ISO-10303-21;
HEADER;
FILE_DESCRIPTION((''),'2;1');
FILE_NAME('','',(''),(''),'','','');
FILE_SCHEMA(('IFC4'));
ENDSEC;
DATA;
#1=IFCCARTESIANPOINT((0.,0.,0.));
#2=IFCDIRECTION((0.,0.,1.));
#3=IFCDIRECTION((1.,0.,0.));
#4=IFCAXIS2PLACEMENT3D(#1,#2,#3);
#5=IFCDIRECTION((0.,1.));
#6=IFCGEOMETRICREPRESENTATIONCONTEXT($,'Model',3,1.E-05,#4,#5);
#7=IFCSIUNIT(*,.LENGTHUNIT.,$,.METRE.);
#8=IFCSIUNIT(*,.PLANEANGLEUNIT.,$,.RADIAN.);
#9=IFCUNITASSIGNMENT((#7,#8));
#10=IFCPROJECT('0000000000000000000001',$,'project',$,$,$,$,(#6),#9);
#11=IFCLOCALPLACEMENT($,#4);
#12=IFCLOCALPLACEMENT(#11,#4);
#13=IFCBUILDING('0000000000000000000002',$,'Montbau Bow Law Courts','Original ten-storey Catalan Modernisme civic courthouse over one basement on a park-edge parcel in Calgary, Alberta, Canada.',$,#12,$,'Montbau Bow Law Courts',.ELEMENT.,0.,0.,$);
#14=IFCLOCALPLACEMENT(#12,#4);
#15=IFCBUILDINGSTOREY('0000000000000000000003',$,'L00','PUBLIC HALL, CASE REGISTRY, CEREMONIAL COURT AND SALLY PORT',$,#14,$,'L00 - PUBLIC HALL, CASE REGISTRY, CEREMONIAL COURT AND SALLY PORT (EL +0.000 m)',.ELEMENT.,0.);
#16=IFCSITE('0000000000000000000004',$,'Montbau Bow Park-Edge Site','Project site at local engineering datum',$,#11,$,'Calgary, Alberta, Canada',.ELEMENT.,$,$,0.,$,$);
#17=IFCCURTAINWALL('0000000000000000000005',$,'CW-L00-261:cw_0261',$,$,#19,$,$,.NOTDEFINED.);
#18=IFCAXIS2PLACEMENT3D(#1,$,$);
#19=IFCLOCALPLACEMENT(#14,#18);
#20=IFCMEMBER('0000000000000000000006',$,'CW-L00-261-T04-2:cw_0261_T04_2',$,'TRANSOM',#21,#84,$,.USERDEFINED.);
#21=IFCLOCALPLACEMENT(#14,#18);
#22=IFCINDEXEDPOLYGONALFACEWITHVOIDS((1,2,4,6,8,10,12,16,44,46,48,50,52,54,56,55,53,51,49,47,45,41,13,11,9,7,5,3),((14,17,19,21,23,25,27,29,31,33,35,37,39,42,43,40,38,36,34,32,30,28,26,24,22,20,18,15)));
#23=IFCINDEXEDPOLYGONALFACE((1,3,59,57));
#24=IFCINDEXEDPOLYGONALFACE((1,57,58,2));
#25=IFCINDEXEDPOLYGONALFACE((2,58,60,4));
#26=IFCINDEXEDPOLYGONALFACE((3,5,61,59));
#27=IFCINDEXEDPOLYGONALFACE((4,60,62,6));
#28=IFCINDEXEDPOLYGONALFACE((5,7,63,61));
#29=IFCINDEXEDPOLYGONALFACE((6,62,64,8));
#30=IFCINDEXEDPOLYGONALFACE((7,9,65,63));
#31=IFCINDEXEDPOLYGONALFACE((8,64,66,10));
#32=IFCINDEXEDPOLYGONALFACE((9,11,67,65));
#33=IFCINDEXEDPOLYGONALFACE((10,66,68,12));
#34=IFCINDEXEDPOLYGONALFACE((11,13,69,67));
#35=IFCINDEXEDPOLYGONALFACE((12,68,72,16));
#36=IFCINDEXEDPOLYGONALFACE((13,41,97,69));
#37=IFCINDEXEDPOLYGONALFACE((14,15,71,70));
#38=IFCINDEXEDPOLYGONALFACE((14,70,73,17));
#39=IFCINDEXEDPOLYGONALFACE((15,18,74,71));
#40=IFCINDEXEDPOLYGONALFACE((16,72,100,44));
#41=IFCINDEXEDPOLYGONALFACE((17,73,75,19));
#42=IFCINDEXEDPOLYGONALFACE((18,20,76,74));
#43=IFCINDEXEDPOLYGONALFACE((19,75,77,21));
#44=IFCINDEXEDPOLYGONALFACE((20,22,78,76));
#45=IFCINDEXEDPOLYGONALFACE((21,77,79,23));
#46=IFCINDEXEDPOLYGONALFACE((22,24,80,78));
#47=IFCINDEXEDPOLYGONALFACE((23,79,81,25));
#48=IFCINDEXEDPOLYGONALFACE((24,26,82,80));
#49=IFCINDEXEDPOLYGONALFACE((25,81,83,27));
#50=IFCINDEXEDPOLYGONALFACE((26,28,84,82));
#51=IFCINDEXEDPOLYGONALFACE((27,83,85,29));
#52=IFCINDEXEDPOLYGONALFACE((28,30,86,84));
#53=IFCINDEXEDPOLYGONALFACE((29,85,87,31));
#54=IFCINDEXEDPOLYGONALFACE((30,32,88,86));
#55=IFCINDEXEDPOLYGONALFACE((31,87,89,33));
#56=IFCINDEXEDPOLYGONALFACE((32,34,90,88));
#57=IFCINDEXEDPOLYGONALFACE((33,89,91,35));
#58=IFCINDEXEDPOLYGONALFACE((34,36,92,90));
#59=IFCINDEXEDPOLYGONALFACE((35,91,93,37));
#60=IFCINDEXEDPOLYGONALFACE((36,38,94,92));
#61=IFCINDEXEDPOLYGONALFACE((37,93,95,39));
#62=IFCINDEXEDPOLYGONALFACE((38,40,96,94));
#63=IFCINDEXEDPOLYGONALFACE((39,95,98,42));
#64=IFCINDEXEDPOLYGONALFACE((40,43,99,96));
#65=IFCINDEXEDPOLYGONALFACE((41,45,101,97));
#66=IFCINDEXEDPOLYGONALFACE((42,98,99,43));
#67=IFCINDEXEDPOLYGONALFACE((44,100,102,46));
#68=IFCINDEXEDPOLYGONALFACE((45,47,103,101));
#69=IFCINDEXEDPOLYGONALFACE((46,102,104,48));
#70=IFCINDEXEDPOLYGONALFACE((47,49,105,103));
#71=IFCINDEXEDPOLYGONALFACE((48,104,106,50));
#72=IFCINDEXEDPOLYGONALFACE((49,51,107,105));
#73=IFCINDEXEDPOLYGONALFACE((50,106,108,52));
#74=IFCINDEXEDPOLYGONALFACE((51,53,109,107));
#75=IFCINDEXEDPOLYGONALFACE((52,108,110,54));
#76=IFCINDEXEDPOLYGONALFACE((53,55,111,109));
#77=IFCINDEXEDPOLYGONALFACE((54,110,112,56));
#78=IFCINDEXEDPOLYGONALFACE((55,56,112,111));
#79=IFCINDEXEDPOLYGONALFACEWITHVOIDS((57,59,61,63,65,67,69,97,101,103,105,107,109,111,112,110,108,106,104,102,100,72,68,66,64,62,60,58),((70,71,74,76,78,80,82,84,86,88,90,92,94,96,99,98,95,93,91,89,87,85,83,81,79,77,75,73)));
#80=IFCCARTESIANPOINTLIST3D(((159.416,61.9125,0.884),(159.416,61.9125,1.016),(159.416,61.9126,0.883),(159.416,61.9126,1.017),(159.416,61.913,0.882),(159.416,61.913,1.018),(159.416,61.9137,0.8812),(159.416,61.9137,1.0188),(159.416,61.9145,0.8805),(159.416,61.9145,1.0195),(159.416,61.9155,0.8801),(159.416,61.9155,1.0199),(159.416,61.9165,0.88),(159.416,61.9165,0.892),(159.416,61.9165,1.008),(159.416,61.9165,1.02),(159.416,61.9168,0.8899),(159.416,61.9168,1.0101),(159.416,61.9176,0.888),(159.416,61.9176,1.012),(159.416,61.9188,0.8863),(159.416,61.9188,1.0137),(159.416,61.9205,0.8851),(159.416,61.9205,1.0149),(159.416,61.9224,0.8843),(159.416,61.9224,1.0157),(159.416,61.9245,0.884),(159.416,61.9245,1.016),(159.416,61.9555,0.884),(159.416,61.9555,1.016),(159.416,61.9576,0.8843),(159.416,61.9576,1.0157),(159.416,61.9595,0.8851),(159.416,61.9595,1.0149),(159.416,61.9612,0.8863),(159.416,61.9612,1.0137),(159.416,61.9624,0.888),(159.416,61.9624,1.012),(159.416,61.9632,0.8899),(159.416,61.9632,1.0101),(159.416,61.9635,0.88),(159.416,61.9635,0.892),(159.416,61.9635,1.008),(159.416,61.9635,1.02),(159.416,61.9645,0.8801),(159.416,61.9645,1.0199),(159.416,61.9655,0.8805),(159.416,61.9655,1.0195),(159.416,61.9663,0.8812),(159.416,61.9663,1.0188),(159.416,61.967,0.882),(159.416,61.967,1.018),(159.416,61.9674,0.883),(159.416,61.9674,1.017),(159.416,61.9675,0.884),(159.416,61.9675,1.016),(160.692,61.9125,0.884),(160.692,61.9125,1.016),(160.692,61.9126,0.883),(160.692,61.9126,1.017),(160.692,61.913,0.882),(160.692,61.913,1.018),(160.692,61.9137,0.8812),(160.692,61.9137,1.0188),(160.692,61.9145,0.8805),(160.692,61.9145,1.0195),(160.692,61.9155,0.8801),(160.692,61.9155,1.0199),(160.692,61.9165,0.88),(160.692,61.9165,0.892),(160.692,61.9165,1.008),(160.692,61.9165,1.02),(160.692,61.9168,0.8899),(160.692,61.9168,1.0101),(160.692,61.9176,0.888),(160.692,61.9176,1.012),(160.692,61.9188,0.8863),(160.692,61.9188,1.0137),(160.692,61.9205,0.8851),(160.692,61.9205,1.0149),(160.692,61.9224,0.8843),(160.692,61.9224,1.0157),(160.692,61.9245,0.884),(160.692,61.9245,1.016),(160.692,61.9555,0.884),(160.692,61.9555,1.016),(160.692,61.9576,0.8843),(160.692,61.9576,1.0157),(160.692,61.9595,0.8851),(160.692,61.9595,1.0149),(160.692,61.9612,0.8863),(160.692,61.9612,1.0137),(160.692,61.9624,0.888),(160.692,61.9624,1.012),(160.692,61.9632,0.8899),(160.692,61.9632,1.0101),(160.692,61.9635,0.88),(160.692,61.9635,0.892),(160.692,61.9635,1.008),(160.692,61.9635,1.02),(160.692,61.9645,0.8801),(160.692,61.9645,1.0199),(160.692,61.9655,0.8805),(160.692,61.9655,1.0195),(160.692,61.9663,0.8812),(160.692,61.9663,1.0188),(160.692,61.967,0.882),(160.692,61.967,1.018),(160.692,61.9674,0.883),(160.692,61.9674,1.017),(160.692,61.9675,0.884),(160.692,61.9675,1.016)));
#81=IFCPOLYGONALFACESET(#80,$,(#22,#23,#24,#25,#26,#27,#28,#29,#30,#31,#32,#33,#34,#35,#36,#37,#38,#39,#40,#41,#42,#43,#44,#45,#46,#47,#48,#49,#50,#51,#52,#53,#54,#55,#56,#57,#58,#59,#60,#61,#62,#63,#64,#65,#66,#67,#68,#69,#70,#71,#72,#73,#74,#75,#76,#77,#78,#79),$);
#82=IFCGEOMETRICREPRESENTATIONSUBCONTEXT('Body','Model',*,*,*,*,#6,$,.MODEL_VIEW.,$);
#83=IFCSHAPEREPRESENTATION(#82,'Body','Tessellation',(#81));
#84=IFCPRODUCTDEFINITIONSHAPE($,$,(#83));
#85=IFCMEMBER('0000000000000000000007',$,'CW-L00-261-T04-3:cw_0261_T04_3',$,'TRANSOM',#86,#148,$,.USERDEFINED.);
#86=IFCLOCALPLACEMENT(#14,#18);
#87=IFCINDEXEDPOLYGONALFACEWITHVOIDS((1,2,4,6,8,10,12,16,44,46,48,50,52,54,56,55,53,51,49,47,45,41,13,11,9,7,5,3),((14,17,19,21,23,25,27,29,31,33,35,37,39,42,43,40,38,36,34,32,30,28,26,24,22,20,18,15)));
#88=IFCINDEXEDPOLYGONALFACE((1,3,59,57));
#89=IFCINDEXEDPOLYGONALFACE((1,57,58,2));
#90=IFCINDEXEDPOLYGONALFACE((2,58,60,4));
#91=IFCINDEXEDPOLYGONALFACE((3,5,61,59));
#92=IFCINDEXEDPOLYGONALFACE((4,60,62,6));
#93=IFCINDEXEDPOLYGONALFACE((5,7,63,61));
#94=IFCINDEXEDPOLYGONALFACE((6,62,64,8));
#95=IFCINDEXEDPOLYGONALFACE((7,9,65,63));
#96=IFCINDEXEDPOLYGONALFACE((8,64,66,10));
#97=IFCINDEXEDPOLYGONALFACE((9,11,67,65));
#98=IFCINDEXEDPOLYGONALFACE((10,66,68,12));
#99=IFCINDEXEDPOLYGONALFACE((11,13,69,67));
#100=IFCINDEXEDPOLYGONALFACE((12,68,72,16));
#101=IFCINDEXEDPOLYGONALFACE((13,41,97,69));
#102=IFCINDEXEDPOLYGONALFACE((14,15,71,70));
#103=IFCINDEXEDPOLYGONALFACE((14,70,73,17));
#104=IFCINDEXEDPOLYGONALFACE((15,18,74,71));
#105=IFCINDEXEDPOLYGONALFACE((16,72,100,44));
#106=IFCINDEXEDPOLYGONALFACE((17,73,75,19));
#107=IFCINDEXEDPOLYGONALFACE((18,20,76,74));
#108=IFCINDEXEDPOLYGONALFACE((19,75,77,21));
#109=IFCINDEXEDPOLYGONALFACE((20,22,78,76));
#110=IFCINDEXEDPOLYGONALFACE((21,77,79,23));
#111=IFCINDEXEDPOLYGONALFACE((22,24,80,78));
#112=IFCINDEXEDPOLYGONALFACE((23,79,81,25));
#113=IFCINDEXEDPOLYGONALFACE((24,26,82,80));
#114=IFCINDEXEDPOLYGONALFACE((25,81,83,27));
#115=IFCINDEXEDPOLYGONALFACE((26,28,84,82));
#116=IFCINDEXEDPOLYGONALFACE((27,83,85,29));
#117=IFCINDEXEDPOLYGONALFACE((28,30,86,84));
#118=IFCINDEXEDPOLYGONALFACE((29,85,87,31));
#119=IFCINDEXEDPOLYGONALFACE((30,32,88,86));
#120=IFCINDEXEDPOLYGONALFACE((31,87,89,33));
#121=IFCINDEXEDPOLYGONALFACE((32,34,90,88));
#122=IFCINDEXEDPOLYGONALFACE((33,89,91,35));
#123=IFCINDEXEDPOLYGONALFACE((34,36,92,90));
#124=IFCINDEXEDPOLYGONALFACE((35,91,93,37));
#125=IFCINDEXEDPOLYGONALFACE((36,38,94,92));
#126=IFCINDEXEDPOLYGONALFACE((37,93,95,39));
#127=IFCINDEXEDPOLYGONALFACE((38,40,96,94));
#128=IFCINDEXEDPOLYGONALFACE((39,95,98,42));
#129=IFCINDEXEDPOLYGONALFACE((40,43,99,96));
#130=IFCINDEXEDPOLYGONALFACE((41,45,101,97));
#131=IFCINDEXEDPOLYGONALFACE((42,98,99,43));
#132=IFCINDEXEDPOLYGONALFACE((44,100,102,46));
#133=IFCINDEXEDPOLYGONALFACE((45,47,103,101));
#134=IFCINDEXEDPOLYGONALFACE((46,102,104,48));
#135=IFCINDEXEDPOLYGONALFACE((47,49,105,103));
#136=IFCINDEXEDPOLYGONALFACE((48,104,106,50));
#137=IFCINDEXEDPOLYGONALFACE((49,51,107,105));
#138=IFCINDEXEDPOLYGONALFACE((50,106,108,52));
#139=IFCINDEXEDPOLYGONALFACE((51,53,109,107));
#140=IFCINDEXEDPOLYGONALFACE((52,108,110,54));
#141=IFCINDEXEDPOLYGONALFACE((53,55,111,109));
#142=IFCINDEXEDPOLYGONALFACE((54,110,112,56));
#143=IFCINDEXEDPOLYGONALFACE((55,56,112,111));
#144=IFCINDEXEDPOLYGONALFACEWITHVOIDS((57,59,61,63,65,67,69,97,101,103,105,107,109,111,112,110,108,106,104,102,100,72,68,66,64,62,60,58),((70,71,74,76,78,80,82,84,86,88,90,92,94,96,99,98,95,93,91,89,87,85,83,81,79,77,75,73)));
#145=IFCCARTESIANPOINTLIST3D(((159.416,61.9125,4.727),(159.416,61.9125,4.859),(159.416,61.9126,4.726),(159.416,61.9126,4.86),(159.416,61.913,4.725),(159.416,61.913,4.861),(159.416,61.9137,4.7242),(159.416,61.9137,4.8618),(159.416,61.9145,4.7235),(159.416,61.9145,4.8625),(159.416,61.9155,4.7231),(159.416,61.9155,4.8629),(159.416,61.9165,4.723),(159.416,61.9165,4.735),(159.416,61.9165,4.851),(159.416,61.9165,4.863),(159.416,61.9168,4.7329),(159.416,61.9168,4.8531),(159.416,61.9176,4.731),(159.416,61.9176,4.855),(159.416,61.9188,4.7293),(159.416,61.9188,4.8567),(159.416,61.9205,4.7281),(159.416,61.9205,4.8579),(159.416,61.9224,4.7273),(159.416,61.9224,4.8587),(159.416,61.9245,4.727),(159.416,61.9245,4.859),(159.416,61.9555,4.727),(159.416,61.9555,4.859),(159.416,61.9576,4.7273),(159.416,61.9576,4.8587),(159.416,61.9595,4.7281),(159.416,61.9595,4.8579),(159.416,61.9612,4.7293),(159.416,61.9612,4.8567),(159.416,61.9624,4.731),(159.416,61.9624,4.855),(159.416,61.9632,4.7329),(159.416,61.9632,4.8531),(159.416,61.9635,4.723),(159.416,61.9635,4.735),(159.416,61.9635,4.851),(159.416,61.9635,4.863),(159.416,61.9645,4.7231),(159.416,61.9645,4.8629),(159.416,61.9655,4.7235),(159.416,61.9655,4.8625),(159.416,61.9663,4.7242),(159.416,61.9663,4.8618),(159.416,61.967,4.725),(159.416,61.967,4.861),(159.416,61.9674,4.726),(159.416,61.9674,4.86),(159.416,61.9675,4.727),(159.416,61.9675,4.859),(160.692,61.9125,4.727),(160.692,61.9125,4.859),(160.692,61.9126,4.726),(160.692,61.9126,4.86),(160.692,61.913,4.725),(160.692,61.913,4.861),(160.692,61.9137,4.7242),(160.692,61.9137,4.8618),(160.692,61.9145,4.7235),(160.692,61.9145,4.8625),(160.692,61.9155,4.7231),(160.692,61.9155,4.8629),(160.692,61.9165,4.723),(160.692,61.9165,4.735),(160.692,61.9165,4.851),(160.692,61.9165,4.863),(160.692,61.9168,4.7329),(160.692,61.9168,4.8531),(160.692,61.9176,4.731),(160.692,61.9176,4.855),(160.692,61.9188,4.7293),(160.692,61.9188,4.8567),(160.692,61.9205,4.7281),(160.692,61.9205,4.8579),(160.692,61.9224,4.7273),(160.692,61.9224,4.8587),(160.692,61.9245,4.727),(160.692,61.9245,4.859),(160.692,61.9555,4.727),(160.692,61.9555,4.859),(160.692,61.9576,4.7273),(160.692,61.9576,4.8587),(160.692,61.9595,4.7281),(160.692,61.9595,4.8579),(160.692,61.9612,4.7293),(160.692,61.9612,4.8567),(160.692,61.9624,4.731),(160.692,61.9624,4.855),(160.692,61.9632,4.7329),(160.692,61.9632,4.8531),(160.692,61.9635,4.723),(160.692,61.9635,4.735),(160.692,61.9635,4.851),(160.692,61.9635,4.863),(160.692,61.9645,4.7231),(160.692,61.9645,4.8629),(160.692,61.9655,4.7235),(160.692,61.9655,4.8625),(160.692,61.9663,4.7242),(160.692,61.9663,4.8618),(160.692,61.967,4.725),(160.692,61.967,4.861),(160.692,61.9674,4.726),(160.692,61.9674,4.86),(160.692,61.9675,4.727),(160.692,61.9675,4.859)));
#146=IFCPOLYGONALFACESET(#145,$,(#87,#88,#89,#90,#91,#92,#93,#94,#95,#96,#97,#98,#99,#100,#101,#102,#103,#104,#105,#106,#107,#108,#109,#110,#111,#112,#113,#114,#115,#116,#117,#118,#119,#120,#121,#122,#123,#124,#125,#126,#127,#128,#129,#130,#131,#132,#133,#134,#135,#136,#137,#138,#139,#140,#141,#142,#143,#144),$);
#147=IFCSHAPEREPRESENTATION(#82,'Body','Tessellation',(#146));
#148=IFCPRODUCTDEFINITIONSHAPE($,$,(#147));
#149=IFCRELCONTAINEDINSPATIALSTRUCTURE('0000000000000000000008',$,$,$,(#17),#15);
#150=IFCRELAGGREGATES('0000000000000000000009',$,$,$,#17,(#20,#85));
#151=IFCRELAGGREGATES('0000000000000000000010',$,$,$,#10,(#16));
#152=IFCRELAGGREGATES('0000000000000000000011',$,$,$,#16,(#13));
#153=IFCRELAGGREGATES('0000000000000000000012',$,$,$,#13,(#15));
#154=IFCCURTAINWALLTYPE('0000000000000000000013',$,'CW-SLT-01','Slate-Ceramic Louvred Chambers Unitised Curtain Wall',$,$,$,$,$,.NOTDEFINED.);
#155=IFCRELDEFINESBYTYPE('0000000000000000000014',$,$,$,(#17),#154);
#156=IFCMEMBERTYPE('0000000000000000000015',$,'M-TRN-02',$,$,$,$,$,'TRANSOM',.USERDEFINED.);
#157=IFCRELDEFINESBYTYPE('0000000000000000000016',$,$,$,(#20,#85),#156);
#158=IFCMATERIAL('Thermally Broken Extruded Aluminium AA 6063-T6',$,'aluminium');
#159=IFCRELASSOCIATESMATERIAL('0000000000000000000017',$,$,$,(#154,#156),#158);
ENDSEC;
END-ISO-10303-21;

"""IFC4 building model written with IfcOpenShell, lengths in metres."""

from ifc_helpers import new_model, si_unit, direction, frame, origin_with_axes, origin_2d_with_axis, place, context, subcontext, project, spatial, hollow_rectangle, extrude, material, material_profile, profile_set, type_object, element, aggregate, save


model = new_model("IFC4")

# Units and contexts
model_context = context("Model", 3, precision=1e-05, world=origin_with_axes(), true_north=direction((0.0, 1.0)))
body_context = subcontext(model_context, "Body", "Model", "MODEL_VIEW")
ifc_project = project(units=[si_unit("LENGTHUNIT", "METRE"), si_unit("PLANEANGLEUNIT", "RADIAN")], contexts=[model_context])

# Site, building, storey
site_placement = place(None, origin_with_axes())
site = spatial("IfcSite", under=ifc_project, at=site_placement, Name="Montbau Bow Park-Edge Site", Description="Project site at local engineering datum", LongName="Calgary, Alberta, Canada", CompositionType="ELEMENT", RefElevation=0.0)
building_placement = place(site_placement, origin_with_axes())
building = spatial("IfcBuilding", under=site, at=building_placement, Name="Montbau Bow Law Courts", Description="Original ten-storey Catalan Modernisme civic courthouse over one basement on a park-edge parcel in Calgary, Alberta, Canada.", LongName="Montbau Bow Law Courts", CompositionType="ELEMENT", ElevationOfRefHeight=0.0, ElevationOfTerrain=0.0)
storey_placement = place(building_placement, origin_with_axes())
storey = spatial("IfcBuildingStorey", under=building, at=storey_placement, Name="L00", Description="PUBLIC HALL, CASE REGISTRY, CEREMONIAL COURT AND SALLY PORT", LongName="L00 - PUBLIC HALL, CASE REGISTRY, CEREMONIAL COURT AND SALLY PORT (EL +0.000 m)", CompositionType="ELEMENT", Elevation=0.0)

# Curtain wall, members
ifc_material_1 = material(Name="Thermally Broken Extruded Aluminium AA 6063-T6", Category="aluminium")
curtain_wall_type = type_object("IfcCurtainWallType", Name="CW-SLT-01", Description="Slate-Ceramic Louvred Chambers Unitised Curtain Wall", PredefinedType="NOTDEFINED", material=ifc_material_1)
curtain_wall_placement = place(None, frame((155.315, 61.94, 0.0), z_axis=(0.0, 0.0, 1.0), x_axis=(1.0, 0.0, 0.0)))
curtain_wall = element("IfcCurtainWall", 1, at=curtain_wall_placement, inside=storey, type_object=curtain_wall_type, Name="CW-L00-261:cw_0261", PredefinedType="NOTDEFINED")
ifc_material_profile_1 = material_profile(ifc_material_1, hollow_rectangle(XDim=0.055, YDim=0.14, WallThickness=0.004, InnerFilletRadius=0.008, OuterFilletRadius=0.004, at=origin_2d_with_axis()), Name="CWT-140X55", Category="Main", Priority=0)
ifc_profile_set_1 = profile_set([ifc_material_profile_1], Name="Thermally Broken Extruded Aluminium AA 6063-T6")
member_type_1 = type_object("IfcMemberType", Name="M-TRN-02", ElementType="TRANSOM", PredefinedType="USERDEFINED", material=ifc_profile_set_1)
member_1_placement = place(None, frame((159.416, 61.94, 0.95), z_axis=(1.0, 0.0, 0.0), x_axis=(0.0, 1.0, 0.0)))
member_1 = element("IfcMember", 2, at=member_1_placement, type_object=member_type_1, Name="CW-L00-261-T04-2:cw_0261_T04_2", ObjectType="TRANSOM", PredefinedType="USERDEFINED", context=body_context, shape_type="SweptSolid", body=[
    extrude(hollow_rectangle(XDim=0.055, YDim=0.14, WallThickness=0.004, InnerFilletRadius=0.008, OuterFilletRadius=0.004, at=origin_2d_with_axis()), origin_with_axes(), (0.0, 0.0, 1.0), 1.276),
])
member_2_placement = place(None, frame((159.416, 61.94, 4.793), z_axis=(1.0, 0.0, 0.0), x_axis=(0.0, 1.0, 0.0)))
member_2 = element("IfcMember", 3, at=member_2_placement, type_object=member_type_1, Name="CW-L00-261-T04-3:cw_0261_T04_3", ObjectType="TRANSOM", PredefinedType="USERDEFINED", context=body_context, shape_type="SweptSolid", body=[
    extrude(hollow_rectangle(XDim=0.055, YDim=0.14, WallThickness=0.004, InnerFilletRadius=0.008, OuterFilletRadius=0.004, at=origin_2d_with_axis()), origin_with_axes(), (0.0, 0.0, 1.0), 1.276),
])
aggregate(curtain_wall, [member_1, member_2])

save(model, "model.ifc")
